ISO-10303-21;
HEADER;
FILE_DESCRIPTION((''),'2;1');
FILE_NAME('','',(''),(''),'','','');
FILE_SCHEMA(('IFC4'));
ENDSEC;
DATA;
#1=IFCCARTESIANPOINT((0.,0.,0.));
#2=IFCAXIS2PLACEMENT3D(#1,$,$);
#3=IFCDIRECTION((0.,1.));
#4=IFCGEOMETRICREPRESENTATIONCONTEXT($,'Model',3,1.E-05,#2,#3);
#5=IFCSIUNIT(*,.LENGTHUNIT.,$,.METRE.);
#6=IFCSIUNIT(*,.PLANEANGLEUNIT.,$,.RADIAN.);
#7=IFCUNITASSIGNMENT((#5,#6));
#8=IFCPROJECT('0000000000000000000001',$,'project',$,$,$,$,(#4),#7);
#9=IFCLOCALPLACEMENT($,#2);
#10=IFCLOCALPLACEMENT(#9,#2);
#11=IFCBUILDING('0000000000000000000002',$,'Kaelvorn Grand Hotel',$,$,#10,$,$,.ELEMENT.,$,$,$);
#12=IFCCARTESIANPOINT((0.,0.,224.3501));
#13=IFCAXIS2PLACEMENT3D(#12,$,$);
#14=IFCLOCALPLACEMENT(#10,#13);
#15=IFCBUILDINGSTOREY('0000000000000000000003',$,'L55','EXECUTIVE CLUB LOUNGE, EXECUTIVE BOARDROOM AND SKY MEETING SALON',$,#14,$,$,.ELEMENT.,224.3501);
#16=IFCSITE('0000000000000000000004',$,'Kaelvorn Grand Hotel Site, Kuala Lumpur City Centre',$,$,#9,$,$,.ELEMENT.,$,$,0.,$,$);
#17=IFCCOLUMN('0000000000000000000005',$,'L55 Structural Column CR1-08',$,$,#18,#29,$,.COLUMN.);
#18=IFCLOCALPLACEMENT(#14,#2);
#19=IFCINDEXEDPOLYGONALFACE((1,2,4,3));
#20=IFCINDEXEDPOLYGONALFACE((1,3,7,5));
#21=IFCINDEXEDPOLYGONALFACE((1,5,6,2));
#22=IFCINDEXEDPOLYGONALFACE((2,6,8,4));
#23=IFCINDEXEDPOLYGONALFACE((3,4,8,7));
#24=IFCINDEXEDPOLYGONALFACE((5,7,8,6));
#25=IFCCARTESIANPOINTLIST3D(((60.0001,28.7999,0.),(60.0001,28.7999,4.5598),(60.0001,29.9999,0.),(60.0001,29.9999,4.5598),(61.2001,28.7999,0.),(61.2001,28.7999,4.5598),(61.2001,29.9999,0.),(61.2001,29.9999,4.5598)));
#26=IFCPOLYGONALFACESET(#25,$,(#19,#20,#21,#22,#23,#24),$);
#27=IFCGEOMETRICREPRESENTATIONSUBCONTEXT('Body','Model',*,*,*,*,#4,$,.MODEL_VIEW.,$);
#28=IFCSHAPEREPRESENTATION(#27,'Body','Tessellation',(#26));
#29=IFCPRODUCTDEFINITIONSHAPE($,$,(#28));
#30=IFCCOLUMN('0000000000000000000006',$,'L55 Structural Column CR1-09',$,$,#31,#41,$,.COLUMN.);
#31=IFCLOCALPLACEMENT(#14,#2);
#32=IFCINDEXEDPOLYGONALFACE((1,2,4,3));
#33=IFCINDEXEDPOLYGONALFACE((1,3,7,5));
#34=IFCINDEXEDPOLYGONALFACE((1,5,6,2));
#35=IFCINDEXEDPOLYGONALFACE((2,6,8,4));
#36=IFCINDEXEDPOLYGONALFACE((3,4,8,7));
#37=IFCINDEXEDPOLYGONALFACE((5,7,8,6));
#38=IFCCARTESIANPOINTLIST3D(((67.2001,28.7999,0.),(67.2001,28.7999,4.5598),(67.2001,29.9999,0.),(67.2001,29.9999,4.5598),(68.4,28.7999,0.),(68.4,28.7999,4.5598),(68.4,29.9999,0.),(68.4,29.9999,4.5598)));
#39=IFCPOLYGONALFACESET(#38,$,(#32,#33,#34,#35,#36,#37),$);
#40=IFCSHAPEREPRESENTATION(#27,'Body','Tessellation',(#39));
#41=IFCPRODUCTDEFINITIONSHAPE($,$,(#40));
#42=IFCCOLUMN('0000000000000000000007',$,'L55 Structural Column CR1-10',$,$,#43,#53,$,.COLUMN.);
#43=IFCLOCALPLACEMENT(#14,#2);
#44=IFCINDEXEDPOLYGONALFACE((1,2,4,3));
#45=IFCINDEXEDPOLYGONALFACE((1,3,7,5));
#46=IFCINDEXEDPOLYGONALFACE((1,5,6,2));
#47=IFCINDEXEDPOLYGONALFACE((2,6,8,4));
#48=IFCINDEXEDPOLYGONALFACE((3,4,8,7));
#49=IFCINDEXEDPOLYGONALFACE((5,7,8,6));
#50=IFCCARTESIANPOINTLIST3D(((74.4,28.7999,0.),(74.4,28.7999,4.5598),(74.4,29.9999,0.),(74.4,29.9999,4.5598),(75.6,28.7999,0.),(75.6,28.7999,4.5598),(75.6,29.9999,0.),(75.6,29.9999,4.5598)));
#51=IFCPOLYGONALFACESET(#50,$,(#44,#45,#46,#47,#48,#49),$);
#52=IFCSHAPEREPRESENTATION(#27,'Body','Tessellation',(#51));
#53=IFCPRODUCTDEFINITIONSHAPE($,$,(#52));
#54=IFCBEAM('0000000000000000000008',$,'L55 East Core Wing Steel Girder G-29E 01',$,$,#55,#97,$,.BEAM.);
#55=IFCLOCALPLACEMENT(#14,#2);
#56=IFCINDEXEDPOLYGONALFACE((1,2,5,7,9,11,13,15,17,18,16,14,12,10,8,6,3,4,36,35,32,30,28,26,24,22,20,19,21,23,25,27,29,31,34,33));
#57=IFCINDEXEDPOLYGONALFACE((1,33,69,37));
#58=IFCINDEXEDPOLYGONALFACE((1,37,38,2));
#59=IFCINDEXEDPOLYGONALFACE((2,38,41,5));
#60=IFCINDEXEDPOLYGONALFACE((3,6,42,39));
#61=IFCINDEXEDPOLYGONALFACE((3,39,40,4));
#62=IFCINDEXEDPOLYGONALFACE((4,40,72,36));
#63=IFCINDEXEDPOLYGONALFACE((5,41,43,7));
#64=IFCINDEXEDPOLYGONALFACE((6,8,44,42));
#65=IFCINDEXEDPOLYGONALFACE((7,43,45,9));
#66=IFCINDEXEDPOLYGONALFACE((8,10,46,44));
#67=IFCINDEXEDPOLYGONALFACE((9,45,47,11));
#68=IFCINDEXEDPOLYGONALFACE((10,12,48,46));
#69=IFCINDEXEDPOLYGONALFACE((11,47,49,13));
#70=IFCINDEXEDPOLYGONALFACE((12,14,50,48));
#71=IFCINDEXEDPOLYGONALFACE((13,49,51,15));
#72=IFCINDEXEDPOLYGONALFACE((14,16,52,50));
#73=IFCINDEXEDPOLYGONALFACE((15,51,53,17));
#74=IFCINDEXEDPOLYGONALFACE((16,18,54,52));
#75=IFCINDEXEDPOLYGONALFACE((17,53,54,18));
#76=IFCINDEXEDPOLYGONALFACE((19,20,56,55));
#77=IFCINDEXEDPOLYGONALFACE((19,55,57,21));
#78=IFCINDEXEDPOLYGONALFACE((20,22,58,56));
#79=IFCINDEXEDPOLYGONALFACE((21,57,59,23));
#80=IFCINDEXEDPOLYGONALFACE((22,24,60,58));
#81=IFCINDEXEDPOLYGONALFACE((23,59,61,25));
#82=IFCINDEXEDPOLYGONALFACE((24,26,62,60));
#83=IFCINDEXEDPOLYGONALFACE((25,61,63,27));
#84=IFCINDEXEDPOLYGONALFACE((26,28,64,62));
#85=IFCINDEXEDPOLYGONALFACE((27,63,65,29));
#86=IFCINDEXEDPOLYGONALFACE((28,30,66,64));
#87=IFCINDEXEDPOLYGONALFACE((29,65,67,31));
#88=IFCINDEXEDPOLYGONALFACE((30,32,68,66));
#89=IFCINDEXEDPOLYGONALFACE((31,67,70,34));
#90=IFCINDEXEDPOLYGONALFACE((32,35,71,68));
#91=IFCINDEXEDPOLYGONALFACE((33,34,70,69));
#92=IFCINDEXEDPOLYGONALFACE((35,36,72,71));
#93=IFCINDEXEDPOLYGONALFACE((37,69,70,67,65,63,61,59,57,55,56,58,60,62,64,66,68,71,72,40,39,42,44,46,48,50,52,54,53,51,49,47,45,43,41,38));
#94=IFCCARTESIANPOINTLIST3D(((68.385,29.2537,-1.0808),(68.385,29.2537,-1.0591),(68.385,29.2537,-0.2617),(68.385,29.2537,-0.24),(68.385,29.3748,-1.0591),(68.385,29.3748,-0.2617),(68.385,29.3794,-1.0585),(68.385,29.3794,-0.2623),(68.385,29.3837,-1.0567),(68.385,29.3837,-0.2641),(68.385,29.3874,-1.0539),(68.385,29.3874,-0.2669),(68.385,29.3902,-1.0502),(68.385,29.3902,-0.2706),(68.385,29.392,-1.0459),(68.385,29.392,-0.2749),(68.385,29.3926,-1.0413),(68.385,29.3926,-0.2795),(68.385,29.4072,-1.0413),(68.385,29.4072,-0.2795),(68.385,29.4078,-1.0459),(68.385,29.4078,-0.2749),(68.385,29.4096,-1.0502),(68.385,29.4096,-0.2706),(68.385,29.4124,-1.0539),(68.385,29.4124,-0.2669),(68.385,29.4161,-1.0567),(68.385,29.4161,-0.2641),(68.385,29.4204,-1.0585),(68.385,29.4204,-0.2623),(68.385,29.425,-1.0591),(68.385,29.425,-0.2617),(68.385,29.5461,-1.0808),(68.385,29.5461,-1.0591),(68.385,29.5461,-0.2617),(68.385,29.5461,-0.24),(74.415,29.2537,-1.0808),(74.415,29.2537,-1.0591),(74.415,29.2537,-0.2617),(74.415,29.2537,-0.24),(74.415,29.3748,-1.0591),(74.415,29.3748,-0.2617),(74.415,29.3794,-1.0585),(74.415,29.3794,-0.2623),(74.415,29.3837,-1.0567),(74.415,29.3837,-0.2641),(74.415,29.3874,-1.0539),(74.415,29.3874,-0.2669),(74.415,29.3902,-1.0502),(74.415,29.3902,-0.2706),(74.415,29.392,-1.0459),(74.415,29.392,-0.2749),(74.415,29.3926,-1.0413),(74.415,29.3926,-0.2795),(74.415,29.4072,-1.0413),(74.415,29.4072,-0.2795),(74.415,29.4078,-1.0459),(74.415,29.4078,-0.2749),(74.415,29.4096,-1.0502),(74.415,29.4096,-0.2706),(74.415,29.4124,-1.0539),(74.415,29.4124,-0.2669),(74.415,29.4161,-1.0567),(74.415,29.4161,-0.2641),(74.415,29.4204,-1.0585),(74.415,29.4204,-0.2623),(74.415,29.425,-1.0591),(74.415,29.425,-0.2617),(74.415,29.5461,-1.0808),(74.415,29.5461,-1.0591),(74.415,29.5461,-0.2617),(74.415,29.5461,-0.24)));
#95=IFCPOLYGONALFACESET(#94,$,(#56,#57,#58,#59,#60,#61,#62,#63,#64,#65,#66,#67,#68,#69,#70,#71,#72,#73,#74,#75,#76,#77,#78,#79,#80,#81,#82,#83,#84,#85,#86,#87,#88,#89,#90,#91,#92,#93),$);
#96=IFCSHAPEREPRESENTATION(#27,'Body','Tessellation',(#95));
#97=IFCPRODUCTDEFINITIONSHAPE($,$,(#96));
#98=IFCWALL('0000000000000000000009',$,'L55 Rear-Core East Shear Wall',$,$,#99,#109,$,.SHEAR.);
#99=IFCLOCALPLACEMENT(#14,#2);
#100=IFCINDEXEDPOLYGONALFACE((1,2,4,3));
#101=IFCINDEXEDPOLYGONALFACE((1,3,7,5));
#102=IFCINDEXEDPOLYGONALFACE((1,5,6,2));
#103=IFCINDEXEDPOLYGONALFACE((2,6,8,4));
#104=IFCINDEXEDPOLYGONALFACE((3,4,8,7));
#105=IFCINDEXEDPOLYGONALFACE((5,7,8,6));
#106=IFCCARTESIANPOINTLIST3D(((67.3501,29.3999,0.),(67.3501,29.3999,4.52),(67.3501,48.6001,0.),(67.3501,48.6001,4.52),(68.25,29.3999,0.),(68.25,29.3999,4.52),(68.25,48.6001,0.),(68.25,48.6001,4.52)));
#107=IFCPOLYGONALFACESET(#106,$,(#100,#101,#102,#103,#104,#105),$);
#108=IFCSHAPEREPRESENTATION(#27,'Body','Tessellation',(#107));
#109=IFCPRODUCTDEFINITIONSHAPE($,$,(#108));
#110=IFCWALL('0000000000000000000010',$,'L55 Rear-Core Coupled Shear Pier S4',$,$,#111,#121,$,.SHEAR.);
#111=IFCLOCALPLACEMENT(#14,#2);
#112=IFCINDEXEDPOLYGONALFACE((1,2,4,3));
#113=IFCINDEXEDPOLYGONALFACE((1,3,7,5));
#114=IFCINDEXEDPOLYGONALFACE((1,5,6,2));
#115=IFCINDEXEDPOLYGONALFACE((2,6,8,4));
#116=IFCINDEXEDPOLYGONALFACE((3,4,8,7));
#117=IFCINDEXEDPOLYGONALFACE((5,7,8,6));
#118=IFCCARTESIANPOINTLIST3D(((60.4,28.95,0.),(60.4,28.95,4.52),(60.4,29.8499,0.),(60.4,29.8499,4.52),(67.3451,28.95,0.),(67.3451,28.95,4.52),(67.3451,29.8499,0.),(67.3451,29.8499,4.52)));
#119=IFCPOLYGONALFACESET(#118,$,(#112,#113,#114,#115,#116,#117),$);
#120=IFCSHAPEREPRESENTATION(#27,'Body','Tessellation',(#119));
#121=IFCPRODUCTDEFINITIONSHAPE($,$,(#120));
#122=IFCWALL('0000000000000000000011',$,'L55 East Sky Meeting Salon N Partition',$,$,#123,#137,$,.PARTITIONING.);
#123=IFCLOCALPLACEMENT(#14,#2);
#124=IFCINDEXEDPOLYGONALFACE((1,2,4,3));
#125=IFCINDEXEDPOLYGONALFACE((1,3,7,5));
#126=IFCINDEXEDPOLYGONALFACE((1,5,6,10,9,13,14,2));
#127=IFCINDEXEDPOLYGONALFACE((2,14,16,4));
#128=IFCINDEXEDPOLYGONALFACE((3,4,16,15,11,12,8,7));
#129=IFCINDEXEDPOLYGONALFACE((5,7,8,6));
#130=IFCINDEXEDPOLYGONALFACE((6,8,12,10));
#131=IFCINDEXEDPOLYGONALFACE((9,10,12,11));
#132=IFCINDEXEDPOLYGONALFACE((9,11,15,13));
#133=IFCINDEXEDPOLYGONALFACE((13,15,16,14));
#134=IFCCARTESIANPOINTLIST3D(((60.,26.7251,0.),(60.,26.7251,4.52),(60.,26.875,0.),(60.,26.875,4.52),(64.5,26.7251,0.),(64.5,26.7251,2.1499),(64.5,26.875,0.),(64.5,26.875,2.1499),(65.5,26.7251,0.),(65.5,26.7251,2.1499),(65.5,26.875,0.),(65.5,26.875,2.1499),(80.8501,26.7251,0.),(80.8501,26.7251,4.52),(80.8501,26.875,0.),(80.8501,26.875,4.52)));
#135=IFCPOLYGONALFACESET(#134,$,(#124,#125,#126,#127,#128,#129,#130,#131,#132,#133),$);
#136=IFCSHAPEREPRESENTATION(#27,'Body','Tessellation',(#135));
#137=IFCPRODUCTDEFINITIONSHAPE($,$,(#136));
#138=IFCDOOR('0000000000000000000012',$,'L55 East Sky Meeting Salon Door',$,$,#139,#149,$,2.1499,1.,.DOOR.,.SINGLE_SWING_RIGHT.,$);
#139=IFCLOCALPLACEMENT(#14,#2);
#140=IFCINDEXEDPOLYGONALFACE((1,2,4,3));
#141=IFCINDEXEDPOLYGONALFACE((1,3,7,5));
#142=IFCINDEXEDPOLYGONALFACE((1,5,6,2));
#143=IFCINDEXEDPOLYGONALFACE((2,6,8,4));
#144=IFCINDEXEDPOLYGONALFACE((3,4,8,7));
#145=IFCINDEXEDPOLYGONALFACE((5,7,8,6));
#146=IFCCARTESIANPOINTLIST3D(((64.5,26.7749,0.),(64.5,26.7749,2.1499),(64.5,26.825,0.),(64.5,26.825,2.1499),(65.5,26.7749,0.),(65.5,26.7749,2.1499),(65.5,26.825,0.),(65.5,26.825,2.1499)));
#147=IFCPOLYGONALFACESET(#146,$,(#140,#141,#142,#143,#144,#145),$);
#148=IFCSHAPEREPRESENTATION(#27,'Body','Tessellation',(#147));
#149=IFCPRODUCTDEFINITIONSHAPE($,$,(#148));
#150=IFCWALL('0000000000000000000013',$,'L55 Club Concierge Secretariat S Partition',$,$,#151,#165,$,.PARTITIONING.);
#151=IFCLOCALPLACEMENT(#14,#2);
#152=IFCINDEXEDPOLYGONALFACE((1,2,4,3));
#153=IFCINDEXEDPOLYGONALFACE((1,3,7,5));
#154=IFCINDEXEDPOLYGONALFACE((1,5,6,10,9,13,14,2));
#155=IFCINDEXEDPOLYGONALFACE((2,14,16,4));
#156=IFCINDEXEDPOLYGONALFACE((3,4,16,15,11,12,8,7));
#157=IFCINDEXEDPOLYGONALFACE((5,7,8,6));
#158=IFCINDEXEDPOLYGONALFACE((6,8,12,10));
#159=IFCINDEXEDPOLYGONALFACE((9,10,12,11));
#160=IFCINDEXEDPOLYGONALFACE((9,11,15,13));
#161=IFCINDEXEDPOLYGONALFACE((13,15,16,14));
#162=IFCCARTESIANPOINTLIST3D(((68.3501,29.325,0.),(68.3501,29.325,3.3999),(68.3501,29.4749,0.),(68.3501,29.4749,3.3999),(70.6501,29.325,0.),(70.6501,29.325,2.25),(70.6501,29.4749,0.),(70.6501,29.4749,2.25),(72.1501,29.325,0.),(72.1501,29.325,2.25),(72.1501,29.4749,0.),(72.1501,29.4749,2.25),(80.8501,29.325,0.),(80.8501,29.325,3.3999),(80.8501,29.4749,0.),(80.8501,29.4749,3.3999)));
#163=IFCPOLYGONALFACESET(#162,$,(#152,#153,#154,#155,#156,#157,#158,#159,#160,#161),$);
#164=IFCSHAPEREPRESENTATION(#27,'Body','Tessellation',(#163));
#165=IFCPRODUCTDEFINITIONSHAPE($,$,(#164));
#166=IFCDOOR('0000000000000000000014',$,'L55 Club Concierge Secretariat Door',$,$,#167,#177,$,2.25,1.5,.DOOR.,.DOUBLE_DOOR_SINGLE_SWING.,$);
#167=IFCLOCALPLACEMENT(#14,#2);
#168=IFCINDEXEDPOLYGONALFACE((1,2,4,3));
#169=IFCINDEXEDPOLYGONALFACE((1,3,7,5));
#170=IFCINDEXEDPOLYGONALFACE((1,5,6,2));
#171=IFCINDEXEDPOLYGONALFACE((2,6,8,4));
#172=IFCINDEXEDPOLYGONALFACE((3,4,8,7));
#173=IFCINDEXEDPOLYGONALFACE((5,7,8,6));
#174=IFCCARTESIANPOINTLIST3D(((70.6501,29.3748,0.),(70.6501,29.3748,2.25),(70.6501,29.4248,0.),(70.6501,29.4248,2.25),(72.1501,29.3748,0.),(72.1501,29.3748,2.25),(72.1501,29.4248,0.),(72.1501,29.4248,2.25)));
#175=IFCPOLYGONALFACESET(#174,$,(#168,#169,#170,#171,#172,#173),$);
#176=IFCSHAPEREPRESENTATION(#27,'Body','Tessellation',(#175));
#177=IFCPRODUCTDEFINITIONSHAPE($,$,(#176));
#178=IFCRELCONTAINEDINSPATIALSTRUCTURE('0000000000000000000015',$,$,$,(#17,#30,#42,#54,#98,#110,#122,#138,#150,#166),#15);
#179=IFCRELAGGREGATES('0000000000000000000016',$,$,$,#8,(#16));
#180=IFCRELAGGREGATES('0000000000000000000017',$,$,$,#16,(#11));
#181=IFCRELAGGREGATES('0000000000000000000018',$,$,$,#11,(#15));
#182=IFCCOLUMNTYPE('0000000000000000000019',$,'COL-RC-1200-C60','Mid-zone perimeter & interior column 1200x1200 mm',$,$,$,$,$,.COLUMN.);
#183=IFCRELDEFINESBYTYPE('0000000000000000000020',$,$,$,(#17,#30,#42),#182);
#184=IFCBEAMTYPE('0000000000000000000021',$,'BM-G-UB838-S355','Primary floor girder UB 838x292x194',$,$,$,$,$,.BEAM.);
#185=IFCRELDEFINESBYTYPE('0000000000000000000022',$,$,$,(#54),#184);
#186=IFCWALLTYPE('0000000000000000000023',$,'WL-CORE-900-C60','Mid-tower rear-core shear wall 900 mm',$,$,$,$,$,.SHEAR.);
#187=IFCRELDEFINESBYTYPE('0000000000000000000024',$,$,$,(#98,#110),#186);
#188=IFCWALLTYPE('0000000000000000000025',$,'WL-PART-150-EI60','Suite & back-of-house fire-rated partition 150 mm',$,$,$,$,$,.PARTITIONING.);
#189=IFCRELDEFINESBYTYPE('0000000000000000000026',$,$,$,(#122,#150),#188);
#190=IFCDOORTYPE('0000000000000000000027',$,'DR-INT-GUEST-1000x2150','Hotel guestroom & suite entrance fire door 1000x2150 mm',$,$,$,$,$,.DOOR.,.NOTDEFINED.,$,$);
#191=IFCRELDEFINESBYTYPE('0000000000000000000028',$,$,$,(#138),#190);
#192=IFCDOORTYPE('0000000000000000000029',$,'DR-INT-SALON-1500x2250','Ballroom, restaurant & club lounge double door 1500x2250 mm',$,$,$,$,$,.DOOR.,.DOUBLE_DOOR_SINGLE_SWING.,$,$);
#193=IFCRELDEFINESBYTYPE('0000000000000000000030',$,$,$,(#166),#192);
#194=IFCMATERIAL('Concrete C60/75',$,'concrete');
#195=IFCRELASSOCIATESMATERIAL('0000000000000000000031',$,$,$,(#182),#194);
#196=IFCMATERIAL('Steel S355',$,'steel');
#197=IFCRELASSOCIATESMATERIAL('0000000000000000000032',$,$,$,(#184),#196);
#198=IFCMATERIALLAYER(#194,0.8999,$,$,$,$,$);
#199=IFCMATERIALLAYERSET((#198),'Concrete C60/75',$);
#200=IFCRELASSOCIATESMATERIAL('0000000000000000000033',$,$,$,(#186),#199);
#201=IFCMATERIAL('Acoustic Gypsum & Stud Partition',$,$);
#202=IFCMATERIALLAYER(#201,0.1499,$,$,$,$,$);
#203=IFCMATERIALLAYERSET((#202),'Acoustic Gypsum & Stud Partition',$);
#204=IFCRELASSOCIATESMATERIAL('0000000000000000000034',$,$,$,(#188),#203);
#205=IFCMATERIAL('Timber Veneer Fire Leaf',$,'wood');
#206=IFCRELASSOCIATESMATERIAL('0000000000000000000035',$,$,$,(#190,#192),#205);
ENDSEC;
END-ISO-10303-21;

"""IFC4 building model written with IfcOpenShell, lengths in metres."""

from ifc_helpers import new_model, si_unit, direction, frame, frame_2d, origin, origin_2d, place, context, subcontext, project, spatial, rectangle, i_section, extrude, material, layer, layer_set, material_profile, profile_set, type_object, element, fill, save


model = new_model("IFC4")

# Units and contexts
model_context = context("Model", 3, precision=1e-05, world=origin(), true_north=direction((0.0, 1.0)))
body_context = subcontext(model_context, "Body", "Model", "MODEL_VIEW")
ifc_project = project(units=[si_unit("LENGTHUNIT", "METRE"), si_unit("PLANEANGLEUNIT", "RADIAN")], contexts=[model_context])

# Site, building, storey
site_placement = place(None, origin())
site = spatial("IfcSite", under=ifc_project, at=site_placement, Name="Kaelvorn Grand Hotel Site, Kuala Lumpur City Centre", CompositionType="ELEMENT", RefElevation=0.0)
building_placement = place(site_placement, origin())
building = spatial("IfcBuilding", under=site, at=building_placement, Name="Kaelvorn Grand Hotel", CompositionType="ELEMENT")
storey_placement = place(building_placement, frame((0.0, 0.0, 224.3501)))
storey = spatial("IfcBuildingStorey", under=building, at=storey_placement, Name="L55", Description="EXECUTIVE CLUB LOUNGE, EXECUTIVE BOARDROOM AND SKY MEETING SALON", CompositionType="ELEMENT", Elevation=224.3501)

# Columns
ifc_material_1 = material(Name="Concrete C60/75", Category="concrete")
ifc_material_profile_1 = material_profile(ifc_material_1, rectangle(XDim=1.2, YDim=1.2, at=origin_2d()), Name="RC COL 1200x1200")
ifc_profile_set_1 = profile_set([ifc_material_profile_1], Name="Concrete C60/75")
column_type = type_object("IfcColumnType", Name="COL-RC-1200-C60", Description="Mid-zone perimeter & interior column 1200x1200 mm", PredefinedType="COLUMN", material=ifc_profile_set_1)
for number, where, z_axis, x_axis, name in (
    (1, (60.6001, 29.3999, 0.0), (0.0, 0.0, 1.0), (1.0, 0.0, 0.0), "L55 Structural Column CR1-08"),
    (2, (67.8, 29.3999, 0.0), (0.0, 0.0, 1.0), (1.0, 0.0, 0.0), "L55 Structural Column CR1-09"),
    (3, (75.0, 29.3999, 0.0), (0.0, 0.0, 1.0), (1.0, 0.0, 0.0), "L55 Structural Column CR1-10"),
):
    element("IfcColumn", number, at=place(storey_placement, frame(where, z_axis=z_axis, x_axis=x_axis)), inside=storey, type_object=column_type, Name=name, PredefinedType="COLUMN", context=body_context, shape_type="SweptSolid", body=[
        extrude(rectangle(XDim=1.2, YDim=1.2, at=origin_2d()), origin(), (0.0, 0.0, 1.0), 4.5598),
    ])

# Beam
ifc_material_2 = material(Name="Steel S355", Category="steel")
ifc_material_profile_2 = material_profile(ifc_material_2, i_section(OverallWidth=0.2925, OverallDepth=0.8408, WebThickness=0.0146, FlangeThickness=0.0217, FilletRadius=0.0178, at=origin_2d()), Name="UB 838x292x194")
ifc_profile_set_2 = profile_set([ifc_material_profile_2], Name="Steel S355")
beam_type = type_object("IfcBeamType", Name="BM-G-UB838-S355", Description="Primary floor girder UB 838x292x194", PredefinedType="BEAM", material=ifc_profile_set_2)
beam_placement = place(storey_placement, frame((68.385, 29.3999, -0.6604), z_axis=(1.0, 0.0, 0.0), x_axis=(0.0, 1.0, 0.0)))
element("IfcBeam", 4, at=beam_placement, inside=storey, type_object=beam_type, Name="L55 East Core Wing Steel Girder G-29E 01", PredefinedType="BEAM", context=body_context, shape_type="SweptSolid", body=[
    extrude(i_section(OverallWidth=0.2925, OverallDepth=0.8408, WebThickness=0.0146, FlangeThickness=0.0217, FilletRadius=0.0178, at=origin_2d()), origin(), (0.0, 0.0, 1.0), 6.03),
])

# Walls
ifc_layer_1 = layer(ifc_material_1, 0.8999)
ifc_layer_set_1 = layer_set([ifc_layer_1], Name="Concrete C60/75")
wall_type_1 = type_object("IfcWallType", Name="WL-CORE-900-C60", Description="Mid-tower rear-core shear wall 900 mm", PredefinedType="SHEAR", material=ifc_layer_set_1)
wall_1_placement = place(storey_placement, frame((67.8, 29.3999, 0.0), z_axis=(0.0, 0.0, 1.0), x_axis=(0.0, 1.0, 0.0)))
element("IfcWall", 5, at=wall_1_placement, inside=storey, type_object=wall_type_1, Name="L55 Rear-Core East Shear Wall", PredefinedType="SHEAR", context=body_context, shape_type="SweptSolid", body=[
    extrude(rectangle(XDim=19.2002, YDim=0.8999, at=frame_2d((9.6001, 0.0))), origin(), (0.0, 0.0, 1.0), 4.52),
])
wall_2_placement = place(storey_placement, frame((60.3999, 29.3999, 0.0), z_axis=(0.0, 0.0, 1.0), x_axis=(1.0, 0.0, 0.0)))
element("IfcWall", 6, at=wall_2_placement, inside=storey, type_object=wall_type_1, Name="L55 Rear-Core Coupled Shear Pier S4", PredefinedType="SHEAR", context=body_context, shape_type="SweptSolid", body=[
    extrude(rectangle(XDim=6.9451, YDim=0.8999, at=frame_2d((3.4727, 0.0))), origin(), (0.0, 0.0, 1.0), 4.52),
])

# Walls, openings, doors
ifc_material_3 = material(Name="Acoustic Gypsum & Stud Partition")
ifc_layer_2 = layer(ifc_material_3, 0.1499)
ifc_layer_set_2 = layer_set([ifc_layer_2], Name="Acoustic Gypsum & Stud Partition")
wall_type_2 = type_object("IfcWallType", Name="WL-PART-150-EI60", Description="Suite & back-of-house fire-rated partition 150 mm", PredefinedType="PARTITIONING", material=ifc_layer_set_2)
wall_3_placement = place(storey_placement, frame((60.0, 26.8, 0.0), z_axis=(0.0, 0.0, 1.0), x_axis=(1.0, 0.0, 0.0)))
wall_3 = element("IfcWall", 7, at=wall_3_placement, inside=storey, type_object=wall_type_2, Name="L55 East Sky Meeting Salon N Partition", PredefinedType="PARTITIONING", context=body_context, shape_type="SweptSolid", body=[
    extrude(rectangle(XDim=20.8501, YDim=0.1499, at=frame_2d((10.425, 0.0))), origin(), (0.0, 0.0, 1.0), 4.52),
])
opening_1_placement = place(wall_3_placement, frame((4.5, 0.0, 0.0)))
opening_1 = element("IfcOpeningElement", 8, at=opening_1_placement, cuts=wall_3, PredefinedType="OPENING", context=body_context, shape_type="SweptSolid", body=[
    extrude(rectangle(XDim=1.0, YDim=2.1499, at=frame_2d((0.5, 1.075))), frame((0.0, 0.085, 0.0), z_axis=(0.0, -1.0, 0.0), x_axis=(1.0, 0.0, 0.0)), (0.0, 0.0, 1.0), 0.1699),
])
ifc_material_4 = material(Name="Timber Veneer Fire Leaf", Category="wood")
door_type_1 = type_object("IfcDoorType", Name="DR-INT-GUEST-1000x2150", Description="Hotel guestroom & suite entrance fire door 1000x2150 mm", OperationType="NOTDEFINED", PredefinedType="DOOR", material=ifc_material_4)
door_1_placement = place(opening_1_placement, origin())
door_1 = element("IfcDoor", 9, at=door_1_placement, inside=storey, type_object=door_type_1, Name="L55 East Sky Meeting Salon Door", OperationType="SINGLE_SWING_RIGHT", OverallHeight=2.1499, OverallWidth=1.0, PredefinedType="DOOR", context=body_context, shape_type="SweptSolid", body=[
    extrude(rectangle(XDim=1.0, YDim=2.1499, at=frame_2d((0.5, 1.075))), frame((0.0, 0.0249, 0.0), z_axis=(0.0, -1.0, 0.0), x_axis=(1.0, 0.0, 0.0)), (0.0, 0.0, 1.0), 0.05),
])
fill(opening_1, door_1)
wall_4_placement = place(storey_placement, frame((68.3501, 29.3999, 0.0), z_axis=(0.0, 0.0, 1.0), x_axis=(1.0, 0.0, 0.0)))
wall_4 = element("IfcWall", 10, at=wall_4_placement, inside=storey, type_object=wall_type_2, Name="L55 Club Concierge Secretariat S Partition", PredefinedType="PARTITIONING", context=body_context, shape_type="SweptSolid", body=[
    extrude(rectangle(XDim=12.5, YDim=0.1499, at=frame_2d((6.25, 0.0))), origin(), (0.0, 0.0, 1.0), 3.3999),
])
opening_2_placement = place(wall_4_placement, frame((2.3, 0.0, 0.0)))
opening_2 = element("IfcOpeningElement", 11, at=opening_2_placement, cuts=wall_4, PredefinedType="OPENING", context=body_context, shape_type="SweptSolid", body=[
    extrude(rectangle(XDim=1.5, YDim=2.25, at=frame_2d((0.75, 1.125))), frame((0.0, 0.085, 0.0), z_axis=(0.0, -1.0, 0.0), x_axis=(1.0, 0.0, 0.0)), (0.0, 0.0, 1.0), 0.1699),
])
door_type_2 = type_object("IfcDoorType", Name="DR-INT-SALON-1500x2250", Description="Ballroom, restaurant & club lounge double door 1500x2250 mm", OperationType="DOUBLE_DOOR_SINGLE_SWING", PredefinedType="DOOR", material=ifc_material_4)
door_2_placement = place(opening_2_placement, origin())
door_2 = element("IfcDoor", 12, at=door_2_placement, inside=storey, type_object=door_type_2, Name="L55 Club Concierge Secretariat Door", OperationType="DOUBLE_DOOR_SINGLE_SWING", OverallHeight=2.25, OverallWidth=1.5, PredefinedType="DOOR", context=body_context, shape_type="SweptSolid", body=[
    extrude(rectangle(XDim=1.5, YDim=2.25, at=frame_2d((0.75, 1.125))), frame((0.0, 0.0249, 0.0), z_axis=(0.0, -1.0, 0.0), x_axis=(1.0, 0.0, 0.0)), (0.0, 0.0, 1.0), 0.05),
])
fill(opening_2, door_2)

save(model, "model.ifc")
